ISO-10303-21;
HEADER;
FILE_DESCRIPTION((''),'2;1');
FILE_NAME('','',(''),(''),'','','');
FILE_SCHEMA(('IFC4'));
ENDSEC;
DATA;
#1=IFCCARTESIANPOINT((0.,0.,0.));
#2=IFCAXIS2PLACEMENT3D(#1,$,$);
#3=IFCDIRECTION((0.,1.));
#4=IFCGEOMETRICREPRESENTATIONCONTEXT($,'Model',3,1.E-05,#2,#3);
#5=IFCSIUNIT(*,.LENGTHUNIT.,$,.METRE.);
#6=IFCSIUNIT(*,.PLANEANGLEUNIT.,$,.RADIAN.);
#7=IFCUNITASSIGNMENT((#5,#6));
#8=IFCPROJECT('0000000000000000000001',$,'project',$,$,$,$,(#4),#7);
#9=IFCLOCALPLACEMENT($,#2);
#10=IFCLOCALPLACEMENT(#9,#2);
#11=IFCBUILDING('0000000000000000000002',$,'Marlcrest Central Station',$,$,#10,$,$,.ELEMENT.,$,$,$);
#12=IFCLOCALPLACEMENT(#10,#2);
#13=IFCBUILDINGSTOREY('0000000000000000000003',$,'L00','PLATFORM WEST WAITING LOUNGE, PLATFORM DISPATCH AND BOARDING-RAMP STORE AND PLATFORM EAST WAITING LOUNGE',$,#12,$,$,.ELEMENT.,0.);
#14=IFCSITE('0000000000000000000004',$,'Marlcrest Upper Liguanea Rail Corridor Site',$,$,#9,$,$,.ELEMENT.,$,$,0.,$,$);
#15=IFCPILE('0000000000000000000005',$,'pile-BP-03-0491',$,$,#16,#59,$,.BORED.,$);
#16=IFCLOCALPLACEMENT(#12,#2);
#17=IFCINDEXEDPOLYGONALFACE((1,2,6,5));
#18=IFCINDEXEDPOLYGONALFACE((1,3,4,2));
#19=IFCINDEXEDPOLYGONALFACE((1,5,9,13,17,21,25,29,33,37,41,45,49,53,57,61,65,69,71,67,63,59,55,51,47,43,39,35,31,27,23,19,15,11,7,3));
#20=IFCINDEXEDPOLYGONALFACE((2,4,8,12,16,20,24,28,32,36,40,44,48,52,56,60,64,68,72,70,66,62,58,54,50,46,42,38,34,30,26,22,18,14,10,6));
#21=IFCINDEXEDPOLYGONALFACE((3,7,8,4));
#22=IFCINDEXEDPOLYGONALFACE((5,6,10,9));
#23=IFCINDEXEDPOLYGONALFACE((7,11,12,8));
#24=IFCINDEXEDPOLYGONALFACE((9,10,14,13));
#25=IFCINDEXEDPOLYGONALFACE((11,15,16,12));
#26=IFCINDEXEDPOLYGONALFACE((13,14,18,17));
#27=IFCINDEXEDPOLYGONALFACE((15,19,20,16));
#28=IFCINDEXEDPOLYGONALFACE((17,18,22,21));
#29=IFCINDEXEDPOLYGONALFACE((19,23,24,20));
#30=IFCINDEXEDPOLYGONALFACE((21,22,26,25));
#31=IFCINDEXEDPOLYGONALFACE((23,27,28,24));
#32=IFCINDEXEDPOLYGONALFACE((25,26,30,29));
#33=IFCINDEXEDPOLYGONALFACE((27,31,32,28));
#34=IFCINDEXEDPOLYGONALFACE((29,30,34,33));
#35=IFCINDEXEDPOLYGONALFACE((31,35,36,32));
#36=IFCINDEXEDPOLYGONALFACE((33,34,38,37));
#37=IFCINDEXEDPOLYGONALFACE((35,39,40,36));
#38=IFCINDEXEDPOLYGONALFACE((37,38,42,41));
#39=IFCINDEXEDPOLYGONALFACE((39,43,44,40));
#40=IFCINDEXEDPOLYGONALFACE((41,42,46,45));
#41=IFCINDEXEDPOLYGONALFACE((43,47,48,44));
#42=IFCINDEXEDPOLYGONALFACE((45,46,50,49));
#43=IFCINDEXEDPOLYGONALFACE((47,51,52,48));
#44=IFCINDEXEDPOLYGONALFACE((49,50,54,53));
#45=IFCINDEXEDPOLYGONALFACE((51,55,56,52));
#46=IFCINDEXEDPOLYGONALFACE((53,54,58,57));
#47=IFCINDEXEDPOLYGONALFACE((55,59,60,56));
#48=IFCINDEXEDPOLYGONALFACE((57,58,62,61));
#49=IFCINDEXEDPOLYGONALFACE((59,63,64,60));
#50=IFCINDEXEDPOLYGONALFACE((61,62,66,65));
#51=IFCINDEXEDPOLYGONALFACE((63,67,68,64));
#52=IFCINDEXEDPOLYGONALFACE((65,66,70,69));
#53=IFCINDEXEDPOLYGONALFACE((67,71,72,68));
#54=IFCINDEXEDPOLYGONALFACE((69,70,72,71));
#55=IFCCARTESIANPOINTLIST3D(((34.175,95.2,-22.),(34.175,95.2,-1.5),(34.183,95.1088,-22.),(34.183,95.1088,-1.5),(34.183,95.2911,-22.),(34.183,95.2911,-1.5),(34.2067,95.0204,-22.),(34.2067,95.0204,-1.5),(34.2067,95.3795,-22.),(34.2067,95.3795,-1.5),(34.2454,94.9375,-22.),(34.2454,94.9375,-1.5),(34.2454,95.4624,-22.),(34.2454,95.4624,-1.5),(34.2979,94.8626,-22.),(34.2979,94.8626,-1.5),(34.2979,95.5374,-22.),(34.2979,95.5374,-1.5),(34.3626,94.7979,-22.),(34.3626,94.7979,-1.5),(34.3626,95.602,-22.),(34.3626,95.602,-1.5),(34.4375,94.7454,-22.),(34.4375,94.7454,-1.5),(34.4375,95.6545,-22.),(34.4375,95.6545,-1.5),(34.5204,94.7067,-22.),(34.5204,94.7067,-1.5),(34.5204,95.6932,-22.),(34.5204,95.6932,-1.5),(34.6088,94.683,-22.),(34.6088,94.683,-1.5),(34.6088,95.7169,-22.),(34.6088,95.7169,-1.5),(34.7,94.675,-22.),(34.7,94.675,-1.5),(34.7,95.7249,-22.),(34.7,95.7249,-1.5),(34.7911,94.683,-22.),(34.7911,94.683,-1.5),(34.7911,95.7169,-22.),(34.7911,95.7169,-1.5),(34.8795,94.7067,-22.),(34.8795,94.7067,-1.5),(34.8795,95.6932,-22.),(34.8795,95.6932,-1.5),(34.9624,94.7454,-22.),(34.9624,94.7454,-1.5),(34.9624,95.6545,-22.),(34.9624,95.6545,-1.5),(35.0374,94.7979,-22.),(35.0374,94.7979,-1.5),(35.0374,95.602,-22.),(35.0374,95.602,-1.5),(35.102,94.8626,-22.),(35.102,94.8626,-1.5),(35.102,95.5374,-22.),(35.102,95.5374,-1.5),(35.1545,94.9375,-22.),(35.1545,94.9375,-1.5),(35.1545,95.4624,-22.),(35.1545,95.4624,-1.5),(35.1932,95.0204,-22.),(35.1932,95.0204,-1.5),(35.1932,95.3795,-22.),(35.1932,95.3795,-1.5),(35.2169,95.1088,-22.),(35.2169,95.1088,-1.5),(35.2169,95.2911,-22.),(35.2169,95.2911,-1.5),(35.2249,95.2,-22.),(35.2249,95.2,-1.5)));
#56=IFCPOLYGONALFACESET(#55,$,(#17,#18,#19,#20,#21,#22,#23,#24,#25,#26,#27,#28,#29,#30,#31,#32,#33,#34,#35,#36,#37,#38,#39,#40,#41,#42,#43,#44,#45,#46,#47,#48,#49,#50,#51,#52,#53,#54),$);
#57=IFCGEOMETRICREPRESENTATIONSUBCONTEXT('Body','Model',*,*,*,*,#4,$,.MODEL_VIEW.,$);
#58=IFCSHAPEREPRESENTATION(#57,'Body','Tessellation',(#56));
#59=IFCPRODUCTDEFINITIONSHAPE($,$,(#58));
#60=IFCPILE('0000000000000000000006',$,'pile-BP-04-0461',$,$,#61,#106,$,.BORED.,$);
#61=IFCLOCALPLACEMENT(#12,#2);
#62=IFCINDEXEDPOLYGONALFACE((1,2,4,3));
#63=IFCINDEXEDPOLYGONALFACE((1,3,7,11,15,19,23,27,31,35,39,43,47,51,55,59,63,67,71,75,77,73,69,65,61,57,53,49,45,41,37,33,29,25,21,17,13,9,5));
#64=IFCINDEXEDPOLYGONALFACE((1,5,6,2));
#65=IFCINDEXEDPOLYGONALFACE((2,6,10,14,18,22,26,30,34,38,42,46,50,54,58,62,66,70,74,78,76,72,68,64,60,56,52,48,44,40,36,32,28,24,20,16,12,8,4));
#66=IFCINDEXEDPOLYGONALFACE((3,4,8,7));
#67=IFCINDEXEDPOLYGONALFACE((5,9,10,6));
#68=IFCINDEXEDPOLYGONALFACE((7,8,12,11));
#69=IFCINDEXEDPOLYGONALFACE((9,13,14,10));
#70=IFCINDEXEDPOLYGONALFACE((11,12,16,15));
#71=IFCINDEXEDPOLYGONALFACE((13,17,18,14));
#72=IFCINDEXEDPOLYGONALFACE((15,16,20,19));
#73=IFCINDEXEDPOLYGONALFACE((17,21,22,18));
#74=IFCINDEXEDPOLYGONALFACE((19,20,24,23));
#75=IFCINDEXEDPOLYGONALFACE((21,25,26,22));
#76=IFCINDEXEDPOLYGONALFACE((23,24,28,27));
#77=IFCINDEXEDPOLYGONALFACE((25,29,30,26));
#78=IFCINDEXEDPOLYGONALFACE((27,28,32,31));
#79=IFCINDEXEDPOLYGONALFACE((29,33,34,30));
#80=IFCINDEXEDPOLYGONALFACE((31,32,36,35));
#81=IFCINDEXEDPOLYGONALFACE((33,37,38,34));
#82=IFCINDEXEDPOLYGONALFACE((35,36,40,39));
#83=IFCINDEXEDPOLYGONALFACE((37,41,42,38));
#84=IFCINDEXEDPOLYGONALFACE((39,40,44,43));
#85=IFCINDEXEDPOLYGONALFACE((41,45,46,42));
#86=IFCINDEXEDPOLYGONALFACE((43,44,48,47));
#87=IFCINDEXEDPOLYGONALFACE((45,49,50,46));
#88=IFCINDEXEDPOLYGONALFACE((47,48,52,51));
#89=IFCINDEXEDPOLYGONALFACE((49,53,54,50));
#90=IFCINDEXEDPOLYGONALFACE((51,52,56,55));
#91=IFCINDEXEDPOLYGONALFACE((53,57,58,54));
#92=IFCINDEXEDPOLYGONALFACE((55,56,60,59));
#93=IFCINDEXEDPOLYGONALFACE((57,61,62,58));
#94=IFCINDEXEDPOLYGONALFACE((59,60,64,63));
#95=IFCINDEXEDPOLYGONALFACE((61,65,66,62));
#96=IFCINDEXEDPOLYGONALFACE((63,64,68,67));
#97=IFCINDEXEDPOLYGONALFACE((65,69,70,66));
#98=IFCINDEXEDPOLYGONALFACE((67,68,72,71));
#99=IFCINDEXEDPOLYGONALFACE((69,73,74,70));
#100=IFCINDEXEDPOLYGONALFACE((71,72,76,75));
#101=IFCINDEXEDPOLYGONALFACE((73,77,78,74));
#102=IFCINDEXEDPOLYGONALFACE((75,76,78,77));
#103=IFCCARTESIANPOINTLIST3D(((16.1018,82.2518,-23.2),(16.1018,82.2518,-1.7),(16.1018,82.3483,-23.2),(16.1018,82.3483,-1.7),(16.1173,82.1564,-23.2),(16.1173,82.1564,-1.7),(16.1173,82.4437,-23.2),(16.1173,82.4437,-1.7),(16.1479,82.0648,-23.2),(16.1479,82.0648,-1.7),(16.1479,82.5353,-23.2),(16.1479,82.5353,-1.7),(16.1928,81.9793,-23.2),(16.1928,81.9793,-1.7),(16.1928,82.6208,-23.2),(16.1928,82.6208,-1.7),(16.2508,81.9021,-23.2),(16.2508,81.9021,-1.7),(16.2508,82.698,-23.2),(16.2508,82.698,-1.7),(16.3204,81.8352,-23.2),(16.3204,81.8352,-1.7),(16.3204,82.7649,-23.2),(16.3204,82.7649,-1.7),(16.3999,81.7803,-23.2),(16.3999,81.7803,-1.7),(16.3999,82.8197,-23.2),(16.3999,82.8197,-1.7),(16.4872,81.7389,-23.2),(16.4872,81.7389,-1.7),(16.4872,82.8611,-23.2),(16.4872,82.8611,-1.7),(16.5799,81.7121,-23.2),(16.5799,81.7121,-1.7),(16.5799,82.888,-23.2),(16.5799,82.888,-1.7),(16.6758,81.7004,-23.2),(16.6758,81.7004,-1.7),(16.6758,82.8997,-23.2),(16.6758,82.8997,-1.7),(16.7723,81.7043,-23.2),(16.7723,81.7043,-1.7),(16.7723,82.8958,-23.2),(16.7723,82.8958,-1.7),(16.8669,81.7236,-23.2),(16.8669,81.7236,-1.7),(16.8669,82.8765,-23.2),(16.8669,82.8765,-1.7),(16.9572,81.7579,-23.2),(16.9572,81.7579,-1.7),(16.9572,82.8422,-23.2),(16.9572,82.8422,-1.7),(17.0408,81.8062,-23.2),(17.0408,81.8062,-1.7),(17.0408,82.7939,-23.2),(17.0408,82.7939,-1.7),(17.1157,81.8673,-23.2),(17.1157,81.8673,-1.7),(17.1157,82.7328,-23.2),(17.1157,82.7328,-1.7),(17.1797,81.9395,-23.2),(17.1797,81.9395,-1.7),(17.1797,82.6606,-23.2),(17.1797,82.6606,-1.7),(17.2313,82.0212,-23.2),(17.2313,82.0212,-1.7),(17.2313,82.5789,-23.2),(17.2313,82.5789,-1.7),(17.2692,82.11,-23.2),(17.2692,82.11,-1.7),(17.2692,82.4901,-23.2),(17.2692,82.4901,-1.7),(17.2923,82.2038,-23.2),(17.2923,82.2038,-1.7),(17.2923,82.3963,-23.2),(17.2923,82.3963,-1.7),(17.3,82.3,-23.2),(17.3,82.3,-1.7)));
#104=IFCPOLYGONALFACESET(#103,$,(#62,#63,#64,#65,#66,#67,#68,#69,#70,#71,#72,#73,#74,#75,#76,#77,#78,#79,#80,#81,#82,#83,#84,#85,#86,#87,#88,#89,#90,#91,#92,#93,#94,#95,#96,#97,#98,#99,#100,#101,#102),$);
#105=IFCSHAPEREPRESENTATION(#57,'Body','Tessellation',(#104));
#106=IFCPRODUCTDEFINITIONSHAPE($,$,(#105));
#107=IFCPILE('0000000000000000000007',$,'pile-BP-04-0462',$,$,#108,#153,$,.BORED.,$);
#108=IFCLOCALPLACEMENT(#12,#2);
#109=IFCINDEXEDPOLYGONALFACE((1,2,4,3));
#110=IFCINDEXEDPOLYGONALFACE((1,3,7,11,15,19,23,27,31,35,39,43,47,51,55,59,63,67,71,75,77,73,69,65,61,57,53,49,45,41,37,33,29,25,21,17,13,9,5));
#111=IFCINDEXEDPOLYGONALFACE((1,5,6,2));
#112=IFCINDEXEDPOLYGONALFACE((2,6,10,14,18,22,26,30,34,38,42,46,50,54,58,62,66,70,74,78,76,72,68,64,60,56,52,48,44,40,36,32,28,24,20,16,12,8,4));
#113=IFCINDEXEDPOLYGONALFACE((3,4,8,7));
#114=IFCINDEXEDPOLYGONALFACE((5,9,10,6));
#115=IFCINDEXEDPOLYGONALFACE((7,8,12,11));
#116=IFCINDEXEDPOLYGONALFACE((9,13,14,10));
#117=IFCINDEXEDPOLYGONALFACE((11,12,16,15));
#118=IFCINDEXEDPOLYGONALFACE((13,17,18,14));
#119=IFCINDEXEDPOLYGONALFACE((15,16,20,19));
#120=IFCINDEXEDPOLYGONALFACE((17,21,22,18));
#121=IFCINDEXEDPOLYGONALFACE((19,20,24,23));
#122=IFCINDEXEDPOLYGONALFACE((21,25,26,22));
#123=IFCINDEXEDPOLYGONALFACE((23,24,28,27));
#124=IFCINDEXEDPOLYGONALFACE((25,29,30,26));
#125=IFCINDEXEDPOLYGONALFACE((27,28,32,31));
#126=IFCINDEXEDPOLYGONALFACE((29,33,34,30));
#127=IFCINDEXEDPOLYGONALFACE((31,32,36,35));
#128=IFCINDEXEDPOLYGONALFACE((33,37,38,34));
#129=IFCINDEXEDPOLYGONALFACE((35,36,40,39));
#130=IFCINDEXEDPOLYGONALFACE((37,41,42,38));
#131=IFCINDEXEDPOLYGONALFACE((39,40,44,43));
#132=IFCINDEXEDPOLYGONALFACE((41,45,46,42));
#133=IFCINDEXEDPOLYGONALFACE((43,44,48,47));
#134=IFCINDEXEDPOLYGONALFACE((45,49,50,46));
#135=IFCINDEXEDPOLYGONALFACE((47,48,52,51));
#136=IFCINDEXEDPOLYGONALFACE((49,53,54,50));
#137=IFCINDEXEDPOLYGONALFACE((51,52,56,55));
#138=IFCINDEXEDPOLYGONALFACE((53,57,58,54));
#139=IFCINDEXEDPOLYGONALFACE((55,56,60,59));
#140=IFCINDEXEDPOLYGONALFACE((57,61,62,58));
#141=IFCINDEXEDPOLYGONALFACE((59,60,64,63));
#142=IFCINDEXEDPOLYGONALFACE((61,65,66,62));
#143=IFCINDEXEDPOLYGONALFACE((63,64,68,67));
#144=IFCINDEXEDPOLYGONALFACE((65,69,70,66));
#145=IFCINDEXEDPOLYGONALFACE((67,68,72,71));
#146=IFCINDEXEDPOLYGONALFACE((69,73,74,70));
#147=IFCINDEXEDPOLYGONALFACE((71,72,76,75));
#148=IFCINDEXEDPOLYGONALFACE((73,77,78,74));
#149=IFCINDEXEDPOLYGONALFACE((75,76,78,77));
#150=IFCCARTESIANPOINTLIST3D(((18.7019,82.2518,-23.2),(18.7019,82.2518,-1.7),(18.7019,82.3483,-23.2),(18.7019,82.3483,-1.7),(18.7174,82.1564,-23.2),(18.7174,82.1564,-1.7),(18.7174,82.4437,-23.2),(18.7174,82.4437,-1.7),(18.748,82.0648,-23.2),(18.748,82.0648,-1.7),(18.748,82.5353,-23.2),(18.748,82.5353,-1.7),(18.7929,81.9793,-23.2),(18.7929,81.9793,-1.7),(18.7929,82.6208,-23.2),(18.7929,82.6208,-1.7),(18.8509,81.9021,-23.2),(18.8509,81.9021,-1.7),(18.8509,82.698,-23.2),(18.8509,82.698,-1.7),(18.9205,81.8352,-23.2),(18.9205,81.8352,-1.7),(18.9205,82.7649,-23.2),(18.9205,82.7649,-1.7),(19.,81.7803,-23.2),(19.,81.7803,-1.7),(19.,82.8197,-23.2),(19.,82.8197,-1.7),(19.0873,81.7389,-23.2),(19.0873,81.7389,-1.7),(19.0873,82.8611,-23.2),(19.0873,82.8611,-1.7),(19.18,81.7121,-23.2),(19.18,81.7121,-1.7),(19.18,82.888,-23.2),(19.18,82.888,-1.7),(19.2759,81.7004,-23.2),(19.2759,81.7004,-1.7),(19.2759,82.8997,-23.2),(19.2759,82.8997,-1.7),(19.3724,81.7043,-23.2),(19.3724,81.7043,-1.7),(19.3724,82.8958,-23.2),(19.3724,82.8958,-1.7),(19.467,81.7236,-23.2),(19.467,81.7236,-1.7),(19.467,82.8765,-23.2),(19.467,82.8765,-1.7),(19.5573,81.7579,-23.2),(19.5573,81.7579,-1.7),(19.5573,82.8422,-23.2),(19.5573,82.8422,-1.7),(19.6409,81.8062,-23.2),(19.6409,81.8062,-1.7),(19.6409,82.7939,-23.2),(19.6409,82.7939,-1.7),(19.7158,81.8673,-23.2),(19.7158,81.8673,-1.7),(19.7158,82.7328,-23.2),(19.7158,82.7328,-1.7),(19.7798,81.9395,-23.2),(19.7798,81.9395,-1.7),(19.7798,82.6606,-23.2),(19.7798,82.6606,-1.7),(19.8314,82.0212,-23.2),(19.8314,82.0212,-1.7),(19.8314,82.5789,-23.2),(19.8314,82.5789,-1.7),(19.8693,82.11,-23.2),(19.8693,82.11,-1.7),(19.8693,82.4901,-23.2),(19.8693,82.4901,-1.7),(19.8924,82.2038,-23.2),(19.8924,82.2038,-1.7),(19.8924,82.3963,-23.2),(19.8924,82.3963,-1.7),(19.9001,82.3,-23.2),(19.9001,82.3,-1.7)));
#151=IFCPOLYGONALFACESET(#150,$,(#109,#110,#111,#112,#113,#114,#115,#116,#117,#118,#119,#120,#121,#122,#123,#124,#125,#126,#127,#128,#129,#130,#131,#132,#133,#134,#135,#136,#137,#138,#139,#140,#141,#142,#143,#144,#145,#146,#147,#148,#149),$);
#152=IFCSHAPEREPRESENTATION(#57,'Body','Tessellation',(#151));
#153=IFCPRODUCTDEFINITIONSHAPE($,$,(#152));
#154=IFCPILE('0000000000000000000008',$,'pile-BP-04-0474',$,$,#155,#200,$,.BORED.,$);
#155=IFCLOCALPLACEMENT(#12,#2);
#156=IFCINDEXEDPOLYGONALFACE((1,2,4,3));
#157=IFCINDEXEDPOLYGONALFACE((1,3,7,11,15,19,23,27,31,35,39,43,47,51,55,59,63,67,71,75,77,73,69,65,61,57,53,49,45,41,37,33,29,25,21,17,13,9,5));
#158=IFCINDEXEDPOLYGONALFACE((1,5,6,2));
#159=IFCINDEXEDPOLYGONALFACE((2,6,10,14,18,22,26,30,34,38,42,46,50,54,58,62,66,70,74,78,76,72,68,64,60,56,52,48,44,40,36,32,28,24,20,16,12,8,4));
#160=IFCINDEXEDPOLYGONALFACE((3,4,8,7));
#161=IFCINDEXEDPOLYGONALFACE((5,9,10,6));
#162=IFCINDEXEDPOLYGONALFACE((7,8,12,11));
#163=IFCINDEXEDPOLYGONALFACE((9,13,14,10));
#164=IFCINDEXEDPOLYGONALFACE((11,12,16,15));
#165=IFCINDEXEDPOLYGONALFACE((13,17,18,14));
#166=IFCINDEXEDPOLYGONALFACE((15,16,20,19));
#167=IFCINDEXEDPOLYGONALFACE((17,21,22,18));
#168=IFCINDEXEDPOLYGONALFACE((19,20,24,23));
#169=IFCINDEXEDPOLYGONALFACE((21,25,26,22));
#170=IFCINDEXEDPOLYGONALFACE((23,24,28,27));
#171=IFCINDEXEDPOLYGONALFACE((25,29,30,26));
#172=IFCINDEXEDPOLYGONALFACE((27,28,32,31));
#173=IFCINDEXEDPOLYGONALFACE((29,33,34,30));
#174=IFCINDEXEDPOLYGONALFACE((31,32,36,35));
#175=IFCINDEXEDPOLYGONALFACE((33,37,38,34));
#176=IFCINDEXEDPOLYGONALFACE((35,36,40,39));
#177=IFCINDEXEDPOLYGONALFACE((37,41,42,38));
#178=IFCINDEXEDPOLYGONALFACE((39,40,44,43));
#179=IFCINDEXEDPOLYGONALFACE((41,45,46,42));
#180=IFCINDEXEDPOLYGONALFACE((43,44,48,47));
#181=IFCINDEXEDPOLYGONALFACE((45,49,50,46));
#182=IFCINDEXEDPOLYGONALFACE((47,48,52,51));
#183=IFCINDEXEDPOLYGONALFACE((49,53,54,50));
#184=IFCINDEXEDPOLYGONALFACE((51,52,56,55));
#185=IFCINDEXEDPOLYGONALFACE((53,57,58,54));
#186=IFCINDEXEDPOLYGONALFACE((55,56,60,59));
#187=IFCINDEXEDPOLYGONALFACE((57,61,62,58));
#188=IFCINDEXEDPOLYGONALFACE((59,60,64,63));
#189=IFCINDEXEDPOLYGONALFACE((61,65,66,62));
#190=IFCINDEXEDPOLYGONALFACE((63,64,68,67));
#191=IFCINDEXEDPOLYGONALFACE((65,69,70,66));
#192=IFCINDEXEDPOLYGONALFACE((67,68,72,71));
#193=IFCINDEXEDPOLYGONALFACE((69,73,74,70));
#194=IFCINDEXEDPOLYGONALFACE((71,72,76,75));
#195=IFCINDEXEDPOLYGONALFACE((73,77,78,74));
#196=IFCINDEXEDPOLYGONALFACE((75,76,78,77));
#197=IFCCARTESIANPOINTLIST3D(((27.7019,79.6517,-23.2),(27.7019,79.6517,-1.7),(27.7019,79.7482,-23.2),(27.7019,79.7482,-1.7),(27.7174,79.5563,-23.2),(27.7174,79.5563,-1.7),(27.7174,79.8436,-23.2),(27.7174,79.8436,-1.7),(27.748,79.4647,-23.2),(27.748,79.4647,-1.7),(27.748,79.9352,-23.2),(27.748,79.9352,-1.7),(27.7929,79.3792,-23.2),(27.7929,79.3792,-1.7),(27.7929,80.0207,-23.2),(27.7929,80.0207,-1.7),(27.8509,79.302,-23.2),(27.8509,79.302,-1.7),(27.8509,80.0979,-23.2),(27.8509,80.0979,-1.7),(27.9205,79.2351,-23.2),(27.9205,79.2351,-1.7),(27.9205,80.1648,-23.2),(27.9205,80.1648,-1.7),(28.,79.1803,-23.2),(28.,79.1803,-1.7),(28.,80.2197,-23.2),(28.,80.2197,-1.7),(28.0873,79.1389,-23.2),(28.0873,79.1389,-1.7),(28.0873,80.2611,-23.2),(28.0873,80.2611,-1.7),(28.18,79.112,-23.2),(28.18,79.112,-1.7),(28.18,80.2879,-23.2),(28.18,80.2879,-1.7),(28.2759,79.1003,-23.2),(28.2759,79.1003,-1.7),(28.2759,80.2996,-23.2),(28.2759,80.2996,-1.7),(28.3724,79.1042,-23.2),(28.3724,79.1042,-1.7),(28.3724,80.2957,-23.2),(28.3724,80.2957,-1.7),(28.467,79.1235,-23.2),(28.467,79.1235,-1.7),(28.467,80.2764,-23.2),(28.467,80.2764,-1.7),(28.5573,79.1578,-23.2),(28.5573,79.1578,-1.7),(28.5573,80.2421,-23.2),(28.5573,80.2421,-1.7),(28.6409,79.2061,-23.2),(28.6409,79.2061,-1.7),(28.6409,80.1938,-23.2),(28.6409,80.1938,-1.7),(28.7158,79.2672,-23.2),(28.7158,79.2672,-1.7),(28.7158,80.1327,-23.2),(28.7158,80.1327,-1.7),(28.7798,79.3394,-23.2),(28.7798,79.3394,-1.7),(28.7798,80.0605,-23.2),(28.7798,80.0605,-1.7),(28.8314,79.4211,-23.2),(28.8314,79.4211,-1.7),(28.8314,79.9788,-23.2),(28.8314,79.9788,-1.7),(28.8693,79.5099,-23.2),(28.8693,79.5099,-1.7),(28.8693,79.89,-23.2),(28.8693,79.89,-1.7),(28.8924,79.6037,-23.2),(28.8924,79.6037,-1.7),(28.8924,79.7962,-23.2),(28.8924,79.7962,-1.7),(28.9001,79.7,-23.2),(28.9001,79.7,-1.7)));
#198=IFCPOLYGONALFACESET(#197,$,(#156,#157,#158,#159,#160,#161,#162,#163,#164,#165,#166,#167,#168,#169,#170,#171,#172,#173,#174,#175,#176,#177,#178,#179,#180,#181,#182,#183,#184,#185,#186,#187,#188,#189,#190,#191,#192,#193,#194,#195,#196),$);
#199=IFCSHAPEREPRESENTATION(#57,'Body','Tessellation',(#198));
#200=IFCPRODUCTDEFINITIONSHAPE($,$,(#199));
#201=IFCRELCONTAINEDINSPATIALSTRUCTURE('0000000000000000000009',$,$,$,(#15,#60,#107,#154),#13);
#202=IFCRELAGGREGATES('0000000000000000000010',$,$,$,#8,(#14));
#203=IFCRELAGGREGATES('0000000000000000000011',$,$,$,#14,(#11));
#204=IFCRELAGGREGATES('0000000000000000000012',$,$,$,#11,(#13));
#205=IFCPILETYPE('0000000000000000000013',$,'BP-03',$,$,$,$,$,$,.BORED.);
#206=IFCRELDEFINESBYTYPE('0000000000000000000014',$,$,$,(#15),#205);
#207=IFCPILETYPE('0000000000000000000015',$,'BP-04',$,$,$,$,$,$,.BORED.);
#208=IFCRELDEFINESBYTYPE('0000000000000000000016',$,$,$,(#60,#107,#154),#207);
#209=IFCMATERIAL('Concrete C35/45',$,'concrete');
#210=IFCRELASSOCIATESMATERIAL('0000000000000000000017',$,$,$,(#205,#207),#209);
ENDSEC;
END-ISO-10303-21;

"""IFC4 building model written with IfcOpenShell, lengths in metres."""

from ifc_helpers import new_model, si_unit, direction, frame, origin, origin_2d, place, context, subcontext, project, spatial, circle, extrude, material, material_profile, profile_set, type_object, element, save


model = new_model("IFC4")

# Units and contexts
model_context = context("Model", 3, precision=1e-05, world=origin(), true_north=direction((0.0, 1.0)))
body_context = subcontext(model_context, "Body", "Model", "MODEL_VIEW")
ifc_project = project(units=[si_unit("LENGTHUNIT", "METRE"), si_unit("PLANEANGLEUNIT", "RADIAN")], contexts=[model_context])

# Site, building, storey
site_placement = place(None, origin())
site = spatial("IfcSite", under=ifc_project, at=site_placement, Name="Marlcrest Upper Liguanea Rail Corridor Site", CompositionType="ELEMENT", RefElevation=0.0)
building_placement = place(site_placement, origin())
building = spatial("IfcBuilding", under=site, at=building_placement, Name="Marlcrest Central Station", CompositionType="ELEMENT")
storey_placement = place(building_placement, origin())
storey = spatial("IfcBuildingStorey", under=building, at=storey_placement, Name="L00", Description="PLATFORM WEST WAITING LOUNGE, PLATFORM DISPATCH AND BOARDING-RAMP STORE AND PLATFORM EAST WAITING LOUNGE", CompositionType="ELEMENT", Elevation=0.0)

# Piles
ifc_material_1 = material(Name="Concrete C35/45", Category="concrete")
ifc_material_profile_1 = material_profile(ifc_material_1, circle(Radius=0.5249, at=origin_2d()), Name="PILE D1050")
ifc_profile_set_1 = profile_set([ifc_material_profile_1], Name="Concrete C35/45")
pile_type_1 = type_object("IfcPileType", Name="BP-03", PredefinedType="BORED", material=ifc_profile_set_1)
for number, where, z_axis, x_axis, name in (
    (1, (34.7, 95.2, -1.5), (0.0, 0.0, -1.0), (1.0, 0.0, 0.0), "pile-BP-03-0491"),
):
    element("IfcPile", number, at=place(storey_placement, frame(where, z_axis=z_axis, x_axis=x_axis)), inside=storey, type_object=pile_type_1, Name=name, PredefinedType="BORED", context=body_context, shape_type="SweptSolid", body=[
        extrude(circle(Radius=0.5249, at=origin_2d()), origin(), (0.0, 0.0, 1.0), 20.5),
    ])
ifc_material_profile_2 = material_profile(ifc_material_1, circle(Radius=0.6001, at=origin_2d()), Name="PILE D1200")
ifc_profile_set_2 = profile_set([ifc_material_profile_2], Name="Concrete C35/45")
pile_type_2 = type_object("IfcPileType", Name="BP-04", PredefinedType="BORED", material=ifc_profile_set_2)
for number, where, z_axis, x_axis, name in (
    (2, (16.7, 82.3, -1.7), (0.0, 0.0, -1.0), (1.0, 0.0, 0.0), "pile-BP-04-0461"),
    (3, (19.3, 82.3, -1.7), (0.0, 0.0, -1.0), (1.0, 0.0, 0.0), "pile-BP-04-0462"),
    (4, (28.3, 79.7, -1.7), (0.0, 0.0, -1.0), (1.0, 0.0, 0.0), "pile-BP-04-0474"),
):
    element("IfcPile", number, at=place(storey_placement, frame(where, z_axis=z_axis, x_axis=x_axis)), inside=storey, type_object=pile_type_2, Name=name, PredefinedType="BORED", context=body_context, shape_type="SweptSolid", body=[
        extrude(circle(Radius=0.6001, at=origin_2d()), origin(), (0.0, 0.0, 1.0), 21.5),
    ])

save(model, "model.ifc")
